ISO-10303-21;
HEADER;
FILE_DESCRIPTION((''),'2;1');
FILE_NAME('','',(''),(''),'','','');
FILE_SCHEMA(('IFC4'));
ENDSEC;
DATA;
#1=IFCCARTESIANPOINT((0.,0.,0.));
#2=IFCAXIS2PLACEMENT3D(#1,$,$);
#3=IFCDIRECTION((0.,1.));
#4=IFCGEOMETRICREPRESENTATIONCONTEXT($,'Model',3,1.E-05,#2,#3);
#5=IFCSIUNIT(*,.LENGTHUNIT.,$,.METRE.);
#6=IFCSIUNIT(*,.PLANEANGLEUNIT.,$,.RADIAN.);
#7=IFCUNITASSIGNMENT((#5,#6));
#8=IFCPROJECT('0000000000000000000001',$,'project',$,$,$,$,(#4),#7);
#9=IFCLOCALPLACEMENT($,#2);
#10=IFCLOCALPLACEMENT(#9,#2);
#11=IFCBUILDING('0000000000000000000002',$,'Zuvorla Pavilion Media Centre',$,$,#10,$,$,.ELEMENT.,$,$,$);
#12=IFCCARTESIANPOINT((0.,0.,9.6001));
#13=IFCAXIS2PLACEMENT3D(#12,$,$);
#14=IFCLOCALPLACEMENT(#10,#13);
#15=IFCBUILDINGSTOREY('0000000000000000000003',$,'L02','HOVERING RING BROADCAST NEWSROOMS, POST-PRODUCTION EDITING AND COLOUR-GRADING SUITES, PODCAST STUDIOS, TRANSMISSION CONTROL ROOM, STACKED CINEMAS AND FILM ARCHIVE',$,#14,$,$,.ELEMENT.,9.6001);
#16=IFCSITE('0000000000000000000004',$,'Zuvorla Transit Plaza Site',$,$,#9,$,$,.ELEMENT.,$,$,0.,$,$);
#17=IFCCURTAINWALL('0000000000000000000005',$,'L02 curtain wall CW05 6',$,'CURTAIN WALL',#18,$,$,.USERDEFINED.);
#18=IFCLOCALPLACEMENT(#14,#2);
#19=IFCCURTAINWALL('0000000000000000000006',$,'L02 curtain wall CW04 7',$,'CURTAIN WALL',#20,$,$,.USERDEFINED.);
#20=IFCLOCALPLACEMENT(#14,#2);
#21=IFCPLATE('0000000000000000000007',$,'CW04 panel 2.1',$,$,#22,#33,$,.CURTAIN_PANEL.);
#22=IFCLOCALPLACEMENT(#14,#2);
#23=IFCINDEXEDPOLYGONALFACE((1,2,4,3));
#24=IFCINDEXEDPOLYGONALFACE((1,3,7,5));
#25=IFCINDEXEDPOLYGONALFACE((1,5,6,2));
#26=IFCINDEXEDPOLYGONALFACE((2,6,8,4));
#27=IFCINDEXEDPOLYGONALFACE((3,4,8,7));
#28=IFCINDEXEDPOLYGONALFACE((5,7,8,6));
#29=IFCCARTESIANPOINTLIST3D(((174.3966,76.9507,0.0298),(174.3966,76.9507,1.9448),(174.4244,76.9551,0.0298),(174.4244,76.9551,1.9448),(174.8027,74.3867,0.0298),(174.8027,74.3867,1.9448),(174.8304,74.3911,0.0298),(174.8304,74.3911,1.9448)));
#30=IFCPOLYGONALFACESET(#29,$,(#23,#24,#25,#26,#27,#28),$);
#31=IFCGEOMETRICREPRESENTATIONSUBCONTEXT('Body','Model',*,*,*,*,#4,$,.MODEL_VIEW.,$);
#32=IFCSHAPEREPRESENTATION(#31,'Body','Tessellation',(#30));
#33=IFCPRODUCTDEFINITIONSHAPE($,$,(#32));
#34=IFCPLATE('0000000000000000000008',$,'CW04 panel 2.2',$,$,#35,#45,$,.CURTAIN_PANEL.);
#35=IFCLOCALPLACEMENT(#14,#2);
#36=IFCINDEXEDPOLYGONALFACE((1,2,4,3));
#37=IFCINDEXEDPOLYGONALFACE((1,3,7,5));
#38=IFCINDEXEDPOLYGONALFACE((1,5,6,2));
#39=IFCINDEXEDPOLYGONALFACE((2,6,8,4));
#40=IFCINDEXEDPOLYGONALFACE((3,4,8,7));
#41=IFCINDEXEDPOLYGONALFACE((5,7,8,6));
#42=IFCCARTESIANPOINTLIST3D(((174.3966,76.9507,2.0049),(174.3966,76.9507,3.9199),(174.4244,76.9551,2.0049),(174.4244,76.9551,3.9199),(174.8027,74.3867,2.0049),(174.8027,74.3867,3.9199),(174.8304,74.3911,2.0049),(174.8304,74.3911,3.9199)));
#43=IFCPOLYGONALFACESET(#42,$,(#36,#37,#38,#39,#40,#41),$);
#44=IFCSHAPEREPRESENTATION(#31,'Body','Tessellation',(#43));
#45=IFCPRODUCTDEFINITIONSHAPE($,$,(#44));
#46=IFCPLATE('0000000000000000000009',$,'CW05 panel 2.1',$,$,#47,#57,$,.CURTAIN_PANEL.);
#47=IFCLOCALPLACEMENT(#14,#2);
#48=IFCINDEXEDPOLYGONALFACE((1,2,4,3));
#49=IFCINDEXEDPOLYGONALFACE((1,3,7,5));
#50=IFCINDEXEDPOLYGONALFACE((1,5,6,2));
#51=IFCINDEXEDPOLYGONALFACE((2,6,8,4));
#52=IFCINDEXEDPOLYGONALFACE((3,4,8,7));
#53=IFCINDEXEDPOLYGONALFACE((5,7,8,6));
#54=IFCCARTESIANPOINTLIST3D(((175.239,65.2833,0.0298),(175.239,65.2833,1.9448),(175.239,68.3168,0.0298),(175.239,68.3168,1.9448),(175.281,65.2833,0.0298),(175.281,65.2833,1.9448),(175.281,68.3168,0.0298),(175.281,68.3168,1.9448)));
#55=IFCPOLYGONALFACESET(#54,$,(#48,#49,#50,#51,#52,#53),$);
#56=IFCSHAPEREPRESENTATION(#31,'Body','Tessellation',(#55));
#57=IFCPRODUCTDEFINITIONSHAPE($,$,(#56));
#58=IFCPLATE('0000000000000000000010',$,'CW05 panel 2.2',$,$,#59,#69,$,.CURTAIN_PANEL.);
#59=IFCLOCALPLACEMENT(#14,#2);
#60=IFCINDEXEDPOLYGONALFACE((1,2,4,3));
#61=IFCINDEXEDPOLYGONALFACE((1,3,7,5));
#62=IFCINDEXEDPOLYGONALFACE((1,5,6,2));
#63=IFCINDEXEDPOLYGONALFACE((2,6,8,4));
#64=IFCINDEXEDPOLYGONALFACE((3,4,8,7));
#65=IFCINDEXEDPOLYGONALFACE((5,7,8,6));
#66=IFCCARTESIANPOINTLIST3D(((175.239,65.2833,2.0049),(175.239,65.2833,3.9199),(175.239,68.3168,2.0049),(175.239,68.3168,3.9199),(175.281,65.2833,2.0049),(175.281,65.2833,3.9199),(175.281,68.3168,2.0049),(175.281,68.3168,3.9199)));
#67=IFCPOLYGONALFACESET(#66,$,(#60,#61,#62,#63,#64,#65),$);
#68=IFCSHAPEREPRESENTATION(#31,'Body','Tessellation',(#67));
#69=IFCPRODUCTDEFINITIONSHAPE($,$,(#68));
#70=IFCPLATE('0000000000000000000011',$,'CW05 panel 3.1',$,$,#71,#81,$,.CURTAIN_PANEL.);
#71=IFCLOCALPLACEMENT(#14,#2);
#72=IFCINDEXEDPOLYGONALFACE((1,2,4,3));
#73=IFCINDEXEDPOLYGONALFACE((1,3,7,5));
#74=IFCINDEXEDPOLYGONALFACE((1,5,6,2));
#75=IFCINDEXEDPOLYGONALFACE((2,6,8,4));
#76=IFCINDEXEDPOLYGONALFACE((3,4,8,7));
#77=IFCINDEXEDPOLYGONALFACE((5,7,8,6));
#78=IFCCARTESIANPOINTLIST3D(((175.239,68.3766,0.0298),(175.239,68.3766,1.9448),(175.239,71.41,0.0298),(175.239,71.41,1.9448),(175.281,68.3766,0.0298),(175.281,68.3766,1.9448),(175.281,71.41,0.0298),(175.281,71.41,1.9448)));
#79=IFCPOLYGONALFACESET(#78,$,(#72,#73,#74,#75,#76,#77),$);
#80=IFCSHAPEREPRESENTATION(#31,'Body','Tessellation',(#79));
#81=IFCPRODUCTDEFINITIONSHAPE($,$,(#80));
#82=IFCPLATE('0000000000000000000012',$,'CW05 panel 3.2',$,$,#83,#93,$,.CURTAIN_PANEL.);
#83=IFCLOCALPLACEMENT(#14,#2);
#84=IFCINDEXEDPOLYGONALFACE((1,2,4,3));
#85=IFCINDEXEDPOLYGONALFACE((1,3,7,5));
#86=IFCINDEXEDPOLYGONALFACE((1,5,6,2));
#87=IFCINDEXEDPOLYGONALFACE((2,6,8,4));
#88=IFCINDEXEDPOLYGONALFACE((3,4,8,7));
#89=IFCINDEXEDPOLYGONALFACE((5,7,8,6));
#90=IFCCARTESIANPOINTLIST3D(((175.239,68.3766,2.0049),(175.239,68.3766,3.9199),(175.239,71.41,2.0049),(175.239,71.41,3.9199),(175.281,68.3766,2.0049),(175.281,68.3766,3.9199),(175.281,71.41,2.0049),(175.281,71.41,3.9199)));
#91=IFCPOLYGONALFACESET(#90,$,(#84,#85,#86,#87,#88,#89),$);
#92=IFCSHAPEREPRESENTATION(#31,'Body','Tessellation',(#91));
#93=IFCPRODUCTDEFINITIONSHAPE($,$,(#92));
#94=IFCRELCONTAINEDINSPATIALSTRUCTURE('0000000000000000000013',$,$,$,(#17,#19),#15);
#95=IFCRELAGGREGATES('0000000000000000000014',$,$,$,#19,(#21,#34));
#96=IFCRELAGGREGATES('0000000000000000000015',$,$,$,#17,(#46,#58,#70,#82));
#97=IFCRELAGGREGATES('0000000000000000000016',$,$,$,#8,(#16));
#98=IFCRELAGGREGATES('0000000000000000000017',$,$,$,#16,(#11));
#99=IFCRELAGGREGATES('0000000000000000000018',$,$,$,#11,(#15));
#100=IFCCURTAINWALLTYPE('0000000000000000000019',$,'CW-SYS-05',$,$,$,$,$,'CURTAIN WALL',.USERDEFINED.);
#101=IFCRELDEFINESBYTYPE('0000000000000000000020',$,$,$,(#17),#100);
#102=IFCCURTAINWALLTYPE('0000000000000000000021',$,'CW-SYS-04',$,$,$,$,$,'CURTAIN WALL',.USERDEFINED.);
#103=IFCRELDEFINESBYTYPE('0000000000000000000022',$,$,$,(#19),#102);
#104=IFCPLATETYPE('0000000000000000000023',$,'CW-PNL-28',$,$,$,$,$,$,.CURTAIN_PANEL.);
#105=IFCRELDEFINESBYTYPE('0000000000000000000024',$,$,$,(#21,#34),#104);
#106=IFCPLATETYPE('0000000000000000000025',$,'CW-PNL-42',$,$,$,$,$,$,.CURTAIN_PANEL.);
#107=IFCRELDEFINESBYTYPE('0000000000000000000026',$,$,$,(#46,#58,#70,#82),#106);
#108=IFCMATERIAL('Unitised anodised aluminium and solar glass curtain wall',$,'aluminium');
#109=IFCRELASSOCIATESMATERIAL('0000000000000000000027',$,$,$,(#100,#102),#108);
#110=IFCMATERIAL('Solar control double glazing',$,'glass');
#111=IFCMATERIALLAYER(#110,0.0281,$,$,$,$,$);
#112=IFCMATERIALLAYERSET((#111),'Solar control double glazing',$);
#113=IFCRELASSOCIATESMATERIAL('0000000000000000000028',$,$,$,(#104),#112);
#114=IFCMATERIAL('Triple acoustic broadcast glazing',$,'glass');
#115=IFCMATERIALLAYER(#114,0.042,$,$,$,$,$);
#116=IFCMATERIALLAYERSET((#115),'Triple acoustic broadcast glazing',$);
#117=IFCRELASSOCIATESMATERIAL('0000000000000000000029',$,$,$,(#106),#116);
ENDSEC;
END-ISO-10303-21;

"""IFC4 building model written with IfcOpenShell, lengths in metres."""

from ifc_helpers import new_model, si_unit, direction, frame, origin, origin_2d, place, context, subcontext, project, spatial, rectangle, extrude, material, layer, layer_set, type_object, element, aggregate, save


model = new_model("IFC4")

# Units and contexts
model_context = context("Model", 3, precision=1e-05, world=origin(), true_north=direction((0.0, 1.0)))
body_context = subcontext(model_context, "Body", "Model", "MODEL_VIEW")
ifc_project = project(units=[si_unit("LENGTHUNIT", "METRE"), si_unit("PLANEANGLEUNIT", "RADIAN")], contexts=[model_context])

# Site, building, storey
site_placement = place(None, origin())
site = spatial("IfcSite", under=ifc_project, at=site_placement, Name="Zuvorla Transit Plaza Site", CompositionType="ELEMENT", RefElevation=0.0)
building_placement = place(site_placement, origin())
building = spatial("IfcBuilding", under=site, at=building_placement, Name="Zuvorla Pavilion Media Centre", CompositionType="ELEMENT")
storey_placement = place(building_placement, frame((0.0, 0.0, 9.6001)))
storey = spatial("IfcBuildingStorey", under=building, at=storey_placement, Name="L02", Description="HOVERING RING BROADCAST NEWSROOMS, POST-PRODUCTION EDITING AND COLOUR-GRADING SUITES, PODCAST STUDIOS, TRANSMISSION CONTROL ROOM, STACKED CINEMAS AND FILM ARCHIVE", CompositionType="ELEMENT", Elevation=9.6001)

# Curtain walls
ifc_material_1 = material(Name="Unitised anodised aluminium and solar glass curtain wall", Category="aluminium")
curtain_wall_type_1 = type_object("IfcCurtainWallType", Name="CW-SYS-05", ElementType="CURTAIN WALL", PredefinedType="USERDEFINED", material=ifc_material_1)
curtain_wall_1_placement = place(storey_placement, origin())
curtain_wall_1 = element("IfcCurtainWall", 1, at=curtain_wall_1_placement, inside=storey, type_object=curtain_wall_type_1, Name="L02 curtain wall CW05 6", ObjectType="CURTAIN WALL", PredefinedType="USERDEFINED")
curtain_wall_type_2 = type_object("IfcCurtainWallType", Name="CW-SYS-04", ElementType="CURTAIN WALL", PredefinedType="USERDEFINED", material=ifc_material_1)
curtain_wall_2_placement = place(storey_placement, origin())
curtain_wall_2 = element("IfcCurtainWall", 2, at=curtain_wall_2_placement, inside=storey, type_object=curtain_wall_type_2, Name="L02 curtain wall CW04 7", ObjectType="CURTAIN WALL", PredefinedType="USERDEFINED")

# Plates
ifc_material_2 = material(Name="Solar control double glazing", Category="glass")
ifc_layer_1 = layer(ifc_material_2, 0.0281)
ifc_layer_set_1 = layer_set([ifc_layer_1], Name="Solar control double glazing")
plate_type_1 = type_object("IfcPlateType", Name="CW-PNL-28", PredefinedType="CURTAIN_PANEL", material=ifc_layer_set_1)
plate_1_placement = place(storey_placement, frame((174.6135, 75.6709, 0.0298), z_axis=(0.0, 0.0, 1.0), x_axis=(-0.156429, 0.987689, 0.0)))
plate_1 = element("IfcPlate", 3, at=plate_1_placement, type_object=plate_type_1, Name="CW04 panel 2.1", PredefinedType="CURTAIN_PANEL", context=body_context, shape_type="SweptSolid", body=[
    extrude(rectangle(XDim=2.5959, YDim=0.0281, at=origin_2d()), origin(), (0.0, 0.0, 1.0), 1.915),
])
plate_2_placement = place(storey_placement, frame((174.6135, 75.6709, 2.0049), z_axis=(0.0, 0.0, 1.0), x_axis=(-0.156429, 0.987689, 0.0)))
plate_2 = element("IfcPlate", 4, at=plate_2_placement, type_object=plate_type_1, Name="CW04 panel 2.2", PredefinedType="CURTAIN_PANEL", context=body_context, shape_type="SweptSolid", body=[
    extrude(rectangle(XDim=2.5959, YDim=0.0281, at=origin_2d()), origin(), (0.0, 0.0, 1.0), 1.915),
])
aggregate(curtain_wall_2, [plate_1, plate_2])
ifc_material_3 = material(Name="Triple acoustic broadcast glazing", Category="glass")
ifc_layer_2 = layer(ifc_material_3, 0.042)
ifc_layer_set_2 = layer_set([ifc_layer_2], Name="Triple acoustic broadcast glazing")
plate_type_2 = type_object("IfcPlateType", Name="CW-PNL-42", PredefinedType="CURTAIN_PANEL", material=ifc_layer_set_2)
plate_3_placement = place(storey_placement, frame((175.26, 66.8, 0.0298), z_axis=(0.0, 0.0, 1.0), x_axis=(0.0, 1.0, 0.0)))
plate_3 = element("IfcPlate", 5, at=plate_3_placement, type_object=plate_type_2, Name="CW05 panel 2.1", PredefinedType="CURTAIN_PANEL", context=body_context, shape_type="SweptSolid", body=[
    extrude(rectangle(XDim=3.0334, YDim=0.042, at=origin_2d()), origin(), (0.0, 0.0, 1.0), 1.915),
])
plate_4_placement = place(storey_placement, frame((175.26, 66.8, 2.0049), z_axis=(0.0, 0.0, 1.0), x_axis=(0.0, 1.0, 0.0)))
plate_4 = element("IfcPlate", 6, at=plate_4_placement, type_object=plate_type_2, Name="CW05 panel 2.2", PredefinedType="CURTAIN_PANEL", context=body_context, shape_type="SweptSolid", body=[
    extrude(rectangle(XDim=3.0334, YDim=0.042, at=origin_2d()), origin(), (0.0, 0.0, 1.0), 1.915),
])
plate_5_placement = place(storey_placement, frame((175.26, 69.8933, 0.0298), z_axis=(0.0, 0.0, 1.0), x_axis=(0.0, 1.0, 0.0)))
plate_5 = element("IfcPlate", 7, at=plate_5_placement, type_object=plate_type_2, Name="CW05 panel 3.1", PredefinedType="CURTAIN_PANEL", context=body_context, shape_type="SweptSolid", body=[
    extrude(rectangle(XDim=3.0334, YDim=0.042, at=origin_2d()), origin(), (0.0, 0.0, 1.0), 1.915),
])
plate_6_placement = place(storey_placement, frame((175.26, 69.8933, 2.0049), z_axis=(0.0, 0.0, 1.0), x_axis=(0.0, 1.0, 0.0)))
plate_6 = element("IfcPlate", 8, at=plate_6_placement, type_object=plate_type_2, Name="CW05 panel 3.2", PredefinedType="CURTAIN_PANEL", context=body_context, shape_type="SweptSolid", body=[
    extrude(rectangle(XDim=3.0334, YDim=0.042, at=origin_2d()), origin(), (0.0, 0.0, 1.0), 1.915),
])
aggregate(curtain_wall_1, [plate_3, plate_4, plate_5, plate_6])

save(model, "model.ifc")
